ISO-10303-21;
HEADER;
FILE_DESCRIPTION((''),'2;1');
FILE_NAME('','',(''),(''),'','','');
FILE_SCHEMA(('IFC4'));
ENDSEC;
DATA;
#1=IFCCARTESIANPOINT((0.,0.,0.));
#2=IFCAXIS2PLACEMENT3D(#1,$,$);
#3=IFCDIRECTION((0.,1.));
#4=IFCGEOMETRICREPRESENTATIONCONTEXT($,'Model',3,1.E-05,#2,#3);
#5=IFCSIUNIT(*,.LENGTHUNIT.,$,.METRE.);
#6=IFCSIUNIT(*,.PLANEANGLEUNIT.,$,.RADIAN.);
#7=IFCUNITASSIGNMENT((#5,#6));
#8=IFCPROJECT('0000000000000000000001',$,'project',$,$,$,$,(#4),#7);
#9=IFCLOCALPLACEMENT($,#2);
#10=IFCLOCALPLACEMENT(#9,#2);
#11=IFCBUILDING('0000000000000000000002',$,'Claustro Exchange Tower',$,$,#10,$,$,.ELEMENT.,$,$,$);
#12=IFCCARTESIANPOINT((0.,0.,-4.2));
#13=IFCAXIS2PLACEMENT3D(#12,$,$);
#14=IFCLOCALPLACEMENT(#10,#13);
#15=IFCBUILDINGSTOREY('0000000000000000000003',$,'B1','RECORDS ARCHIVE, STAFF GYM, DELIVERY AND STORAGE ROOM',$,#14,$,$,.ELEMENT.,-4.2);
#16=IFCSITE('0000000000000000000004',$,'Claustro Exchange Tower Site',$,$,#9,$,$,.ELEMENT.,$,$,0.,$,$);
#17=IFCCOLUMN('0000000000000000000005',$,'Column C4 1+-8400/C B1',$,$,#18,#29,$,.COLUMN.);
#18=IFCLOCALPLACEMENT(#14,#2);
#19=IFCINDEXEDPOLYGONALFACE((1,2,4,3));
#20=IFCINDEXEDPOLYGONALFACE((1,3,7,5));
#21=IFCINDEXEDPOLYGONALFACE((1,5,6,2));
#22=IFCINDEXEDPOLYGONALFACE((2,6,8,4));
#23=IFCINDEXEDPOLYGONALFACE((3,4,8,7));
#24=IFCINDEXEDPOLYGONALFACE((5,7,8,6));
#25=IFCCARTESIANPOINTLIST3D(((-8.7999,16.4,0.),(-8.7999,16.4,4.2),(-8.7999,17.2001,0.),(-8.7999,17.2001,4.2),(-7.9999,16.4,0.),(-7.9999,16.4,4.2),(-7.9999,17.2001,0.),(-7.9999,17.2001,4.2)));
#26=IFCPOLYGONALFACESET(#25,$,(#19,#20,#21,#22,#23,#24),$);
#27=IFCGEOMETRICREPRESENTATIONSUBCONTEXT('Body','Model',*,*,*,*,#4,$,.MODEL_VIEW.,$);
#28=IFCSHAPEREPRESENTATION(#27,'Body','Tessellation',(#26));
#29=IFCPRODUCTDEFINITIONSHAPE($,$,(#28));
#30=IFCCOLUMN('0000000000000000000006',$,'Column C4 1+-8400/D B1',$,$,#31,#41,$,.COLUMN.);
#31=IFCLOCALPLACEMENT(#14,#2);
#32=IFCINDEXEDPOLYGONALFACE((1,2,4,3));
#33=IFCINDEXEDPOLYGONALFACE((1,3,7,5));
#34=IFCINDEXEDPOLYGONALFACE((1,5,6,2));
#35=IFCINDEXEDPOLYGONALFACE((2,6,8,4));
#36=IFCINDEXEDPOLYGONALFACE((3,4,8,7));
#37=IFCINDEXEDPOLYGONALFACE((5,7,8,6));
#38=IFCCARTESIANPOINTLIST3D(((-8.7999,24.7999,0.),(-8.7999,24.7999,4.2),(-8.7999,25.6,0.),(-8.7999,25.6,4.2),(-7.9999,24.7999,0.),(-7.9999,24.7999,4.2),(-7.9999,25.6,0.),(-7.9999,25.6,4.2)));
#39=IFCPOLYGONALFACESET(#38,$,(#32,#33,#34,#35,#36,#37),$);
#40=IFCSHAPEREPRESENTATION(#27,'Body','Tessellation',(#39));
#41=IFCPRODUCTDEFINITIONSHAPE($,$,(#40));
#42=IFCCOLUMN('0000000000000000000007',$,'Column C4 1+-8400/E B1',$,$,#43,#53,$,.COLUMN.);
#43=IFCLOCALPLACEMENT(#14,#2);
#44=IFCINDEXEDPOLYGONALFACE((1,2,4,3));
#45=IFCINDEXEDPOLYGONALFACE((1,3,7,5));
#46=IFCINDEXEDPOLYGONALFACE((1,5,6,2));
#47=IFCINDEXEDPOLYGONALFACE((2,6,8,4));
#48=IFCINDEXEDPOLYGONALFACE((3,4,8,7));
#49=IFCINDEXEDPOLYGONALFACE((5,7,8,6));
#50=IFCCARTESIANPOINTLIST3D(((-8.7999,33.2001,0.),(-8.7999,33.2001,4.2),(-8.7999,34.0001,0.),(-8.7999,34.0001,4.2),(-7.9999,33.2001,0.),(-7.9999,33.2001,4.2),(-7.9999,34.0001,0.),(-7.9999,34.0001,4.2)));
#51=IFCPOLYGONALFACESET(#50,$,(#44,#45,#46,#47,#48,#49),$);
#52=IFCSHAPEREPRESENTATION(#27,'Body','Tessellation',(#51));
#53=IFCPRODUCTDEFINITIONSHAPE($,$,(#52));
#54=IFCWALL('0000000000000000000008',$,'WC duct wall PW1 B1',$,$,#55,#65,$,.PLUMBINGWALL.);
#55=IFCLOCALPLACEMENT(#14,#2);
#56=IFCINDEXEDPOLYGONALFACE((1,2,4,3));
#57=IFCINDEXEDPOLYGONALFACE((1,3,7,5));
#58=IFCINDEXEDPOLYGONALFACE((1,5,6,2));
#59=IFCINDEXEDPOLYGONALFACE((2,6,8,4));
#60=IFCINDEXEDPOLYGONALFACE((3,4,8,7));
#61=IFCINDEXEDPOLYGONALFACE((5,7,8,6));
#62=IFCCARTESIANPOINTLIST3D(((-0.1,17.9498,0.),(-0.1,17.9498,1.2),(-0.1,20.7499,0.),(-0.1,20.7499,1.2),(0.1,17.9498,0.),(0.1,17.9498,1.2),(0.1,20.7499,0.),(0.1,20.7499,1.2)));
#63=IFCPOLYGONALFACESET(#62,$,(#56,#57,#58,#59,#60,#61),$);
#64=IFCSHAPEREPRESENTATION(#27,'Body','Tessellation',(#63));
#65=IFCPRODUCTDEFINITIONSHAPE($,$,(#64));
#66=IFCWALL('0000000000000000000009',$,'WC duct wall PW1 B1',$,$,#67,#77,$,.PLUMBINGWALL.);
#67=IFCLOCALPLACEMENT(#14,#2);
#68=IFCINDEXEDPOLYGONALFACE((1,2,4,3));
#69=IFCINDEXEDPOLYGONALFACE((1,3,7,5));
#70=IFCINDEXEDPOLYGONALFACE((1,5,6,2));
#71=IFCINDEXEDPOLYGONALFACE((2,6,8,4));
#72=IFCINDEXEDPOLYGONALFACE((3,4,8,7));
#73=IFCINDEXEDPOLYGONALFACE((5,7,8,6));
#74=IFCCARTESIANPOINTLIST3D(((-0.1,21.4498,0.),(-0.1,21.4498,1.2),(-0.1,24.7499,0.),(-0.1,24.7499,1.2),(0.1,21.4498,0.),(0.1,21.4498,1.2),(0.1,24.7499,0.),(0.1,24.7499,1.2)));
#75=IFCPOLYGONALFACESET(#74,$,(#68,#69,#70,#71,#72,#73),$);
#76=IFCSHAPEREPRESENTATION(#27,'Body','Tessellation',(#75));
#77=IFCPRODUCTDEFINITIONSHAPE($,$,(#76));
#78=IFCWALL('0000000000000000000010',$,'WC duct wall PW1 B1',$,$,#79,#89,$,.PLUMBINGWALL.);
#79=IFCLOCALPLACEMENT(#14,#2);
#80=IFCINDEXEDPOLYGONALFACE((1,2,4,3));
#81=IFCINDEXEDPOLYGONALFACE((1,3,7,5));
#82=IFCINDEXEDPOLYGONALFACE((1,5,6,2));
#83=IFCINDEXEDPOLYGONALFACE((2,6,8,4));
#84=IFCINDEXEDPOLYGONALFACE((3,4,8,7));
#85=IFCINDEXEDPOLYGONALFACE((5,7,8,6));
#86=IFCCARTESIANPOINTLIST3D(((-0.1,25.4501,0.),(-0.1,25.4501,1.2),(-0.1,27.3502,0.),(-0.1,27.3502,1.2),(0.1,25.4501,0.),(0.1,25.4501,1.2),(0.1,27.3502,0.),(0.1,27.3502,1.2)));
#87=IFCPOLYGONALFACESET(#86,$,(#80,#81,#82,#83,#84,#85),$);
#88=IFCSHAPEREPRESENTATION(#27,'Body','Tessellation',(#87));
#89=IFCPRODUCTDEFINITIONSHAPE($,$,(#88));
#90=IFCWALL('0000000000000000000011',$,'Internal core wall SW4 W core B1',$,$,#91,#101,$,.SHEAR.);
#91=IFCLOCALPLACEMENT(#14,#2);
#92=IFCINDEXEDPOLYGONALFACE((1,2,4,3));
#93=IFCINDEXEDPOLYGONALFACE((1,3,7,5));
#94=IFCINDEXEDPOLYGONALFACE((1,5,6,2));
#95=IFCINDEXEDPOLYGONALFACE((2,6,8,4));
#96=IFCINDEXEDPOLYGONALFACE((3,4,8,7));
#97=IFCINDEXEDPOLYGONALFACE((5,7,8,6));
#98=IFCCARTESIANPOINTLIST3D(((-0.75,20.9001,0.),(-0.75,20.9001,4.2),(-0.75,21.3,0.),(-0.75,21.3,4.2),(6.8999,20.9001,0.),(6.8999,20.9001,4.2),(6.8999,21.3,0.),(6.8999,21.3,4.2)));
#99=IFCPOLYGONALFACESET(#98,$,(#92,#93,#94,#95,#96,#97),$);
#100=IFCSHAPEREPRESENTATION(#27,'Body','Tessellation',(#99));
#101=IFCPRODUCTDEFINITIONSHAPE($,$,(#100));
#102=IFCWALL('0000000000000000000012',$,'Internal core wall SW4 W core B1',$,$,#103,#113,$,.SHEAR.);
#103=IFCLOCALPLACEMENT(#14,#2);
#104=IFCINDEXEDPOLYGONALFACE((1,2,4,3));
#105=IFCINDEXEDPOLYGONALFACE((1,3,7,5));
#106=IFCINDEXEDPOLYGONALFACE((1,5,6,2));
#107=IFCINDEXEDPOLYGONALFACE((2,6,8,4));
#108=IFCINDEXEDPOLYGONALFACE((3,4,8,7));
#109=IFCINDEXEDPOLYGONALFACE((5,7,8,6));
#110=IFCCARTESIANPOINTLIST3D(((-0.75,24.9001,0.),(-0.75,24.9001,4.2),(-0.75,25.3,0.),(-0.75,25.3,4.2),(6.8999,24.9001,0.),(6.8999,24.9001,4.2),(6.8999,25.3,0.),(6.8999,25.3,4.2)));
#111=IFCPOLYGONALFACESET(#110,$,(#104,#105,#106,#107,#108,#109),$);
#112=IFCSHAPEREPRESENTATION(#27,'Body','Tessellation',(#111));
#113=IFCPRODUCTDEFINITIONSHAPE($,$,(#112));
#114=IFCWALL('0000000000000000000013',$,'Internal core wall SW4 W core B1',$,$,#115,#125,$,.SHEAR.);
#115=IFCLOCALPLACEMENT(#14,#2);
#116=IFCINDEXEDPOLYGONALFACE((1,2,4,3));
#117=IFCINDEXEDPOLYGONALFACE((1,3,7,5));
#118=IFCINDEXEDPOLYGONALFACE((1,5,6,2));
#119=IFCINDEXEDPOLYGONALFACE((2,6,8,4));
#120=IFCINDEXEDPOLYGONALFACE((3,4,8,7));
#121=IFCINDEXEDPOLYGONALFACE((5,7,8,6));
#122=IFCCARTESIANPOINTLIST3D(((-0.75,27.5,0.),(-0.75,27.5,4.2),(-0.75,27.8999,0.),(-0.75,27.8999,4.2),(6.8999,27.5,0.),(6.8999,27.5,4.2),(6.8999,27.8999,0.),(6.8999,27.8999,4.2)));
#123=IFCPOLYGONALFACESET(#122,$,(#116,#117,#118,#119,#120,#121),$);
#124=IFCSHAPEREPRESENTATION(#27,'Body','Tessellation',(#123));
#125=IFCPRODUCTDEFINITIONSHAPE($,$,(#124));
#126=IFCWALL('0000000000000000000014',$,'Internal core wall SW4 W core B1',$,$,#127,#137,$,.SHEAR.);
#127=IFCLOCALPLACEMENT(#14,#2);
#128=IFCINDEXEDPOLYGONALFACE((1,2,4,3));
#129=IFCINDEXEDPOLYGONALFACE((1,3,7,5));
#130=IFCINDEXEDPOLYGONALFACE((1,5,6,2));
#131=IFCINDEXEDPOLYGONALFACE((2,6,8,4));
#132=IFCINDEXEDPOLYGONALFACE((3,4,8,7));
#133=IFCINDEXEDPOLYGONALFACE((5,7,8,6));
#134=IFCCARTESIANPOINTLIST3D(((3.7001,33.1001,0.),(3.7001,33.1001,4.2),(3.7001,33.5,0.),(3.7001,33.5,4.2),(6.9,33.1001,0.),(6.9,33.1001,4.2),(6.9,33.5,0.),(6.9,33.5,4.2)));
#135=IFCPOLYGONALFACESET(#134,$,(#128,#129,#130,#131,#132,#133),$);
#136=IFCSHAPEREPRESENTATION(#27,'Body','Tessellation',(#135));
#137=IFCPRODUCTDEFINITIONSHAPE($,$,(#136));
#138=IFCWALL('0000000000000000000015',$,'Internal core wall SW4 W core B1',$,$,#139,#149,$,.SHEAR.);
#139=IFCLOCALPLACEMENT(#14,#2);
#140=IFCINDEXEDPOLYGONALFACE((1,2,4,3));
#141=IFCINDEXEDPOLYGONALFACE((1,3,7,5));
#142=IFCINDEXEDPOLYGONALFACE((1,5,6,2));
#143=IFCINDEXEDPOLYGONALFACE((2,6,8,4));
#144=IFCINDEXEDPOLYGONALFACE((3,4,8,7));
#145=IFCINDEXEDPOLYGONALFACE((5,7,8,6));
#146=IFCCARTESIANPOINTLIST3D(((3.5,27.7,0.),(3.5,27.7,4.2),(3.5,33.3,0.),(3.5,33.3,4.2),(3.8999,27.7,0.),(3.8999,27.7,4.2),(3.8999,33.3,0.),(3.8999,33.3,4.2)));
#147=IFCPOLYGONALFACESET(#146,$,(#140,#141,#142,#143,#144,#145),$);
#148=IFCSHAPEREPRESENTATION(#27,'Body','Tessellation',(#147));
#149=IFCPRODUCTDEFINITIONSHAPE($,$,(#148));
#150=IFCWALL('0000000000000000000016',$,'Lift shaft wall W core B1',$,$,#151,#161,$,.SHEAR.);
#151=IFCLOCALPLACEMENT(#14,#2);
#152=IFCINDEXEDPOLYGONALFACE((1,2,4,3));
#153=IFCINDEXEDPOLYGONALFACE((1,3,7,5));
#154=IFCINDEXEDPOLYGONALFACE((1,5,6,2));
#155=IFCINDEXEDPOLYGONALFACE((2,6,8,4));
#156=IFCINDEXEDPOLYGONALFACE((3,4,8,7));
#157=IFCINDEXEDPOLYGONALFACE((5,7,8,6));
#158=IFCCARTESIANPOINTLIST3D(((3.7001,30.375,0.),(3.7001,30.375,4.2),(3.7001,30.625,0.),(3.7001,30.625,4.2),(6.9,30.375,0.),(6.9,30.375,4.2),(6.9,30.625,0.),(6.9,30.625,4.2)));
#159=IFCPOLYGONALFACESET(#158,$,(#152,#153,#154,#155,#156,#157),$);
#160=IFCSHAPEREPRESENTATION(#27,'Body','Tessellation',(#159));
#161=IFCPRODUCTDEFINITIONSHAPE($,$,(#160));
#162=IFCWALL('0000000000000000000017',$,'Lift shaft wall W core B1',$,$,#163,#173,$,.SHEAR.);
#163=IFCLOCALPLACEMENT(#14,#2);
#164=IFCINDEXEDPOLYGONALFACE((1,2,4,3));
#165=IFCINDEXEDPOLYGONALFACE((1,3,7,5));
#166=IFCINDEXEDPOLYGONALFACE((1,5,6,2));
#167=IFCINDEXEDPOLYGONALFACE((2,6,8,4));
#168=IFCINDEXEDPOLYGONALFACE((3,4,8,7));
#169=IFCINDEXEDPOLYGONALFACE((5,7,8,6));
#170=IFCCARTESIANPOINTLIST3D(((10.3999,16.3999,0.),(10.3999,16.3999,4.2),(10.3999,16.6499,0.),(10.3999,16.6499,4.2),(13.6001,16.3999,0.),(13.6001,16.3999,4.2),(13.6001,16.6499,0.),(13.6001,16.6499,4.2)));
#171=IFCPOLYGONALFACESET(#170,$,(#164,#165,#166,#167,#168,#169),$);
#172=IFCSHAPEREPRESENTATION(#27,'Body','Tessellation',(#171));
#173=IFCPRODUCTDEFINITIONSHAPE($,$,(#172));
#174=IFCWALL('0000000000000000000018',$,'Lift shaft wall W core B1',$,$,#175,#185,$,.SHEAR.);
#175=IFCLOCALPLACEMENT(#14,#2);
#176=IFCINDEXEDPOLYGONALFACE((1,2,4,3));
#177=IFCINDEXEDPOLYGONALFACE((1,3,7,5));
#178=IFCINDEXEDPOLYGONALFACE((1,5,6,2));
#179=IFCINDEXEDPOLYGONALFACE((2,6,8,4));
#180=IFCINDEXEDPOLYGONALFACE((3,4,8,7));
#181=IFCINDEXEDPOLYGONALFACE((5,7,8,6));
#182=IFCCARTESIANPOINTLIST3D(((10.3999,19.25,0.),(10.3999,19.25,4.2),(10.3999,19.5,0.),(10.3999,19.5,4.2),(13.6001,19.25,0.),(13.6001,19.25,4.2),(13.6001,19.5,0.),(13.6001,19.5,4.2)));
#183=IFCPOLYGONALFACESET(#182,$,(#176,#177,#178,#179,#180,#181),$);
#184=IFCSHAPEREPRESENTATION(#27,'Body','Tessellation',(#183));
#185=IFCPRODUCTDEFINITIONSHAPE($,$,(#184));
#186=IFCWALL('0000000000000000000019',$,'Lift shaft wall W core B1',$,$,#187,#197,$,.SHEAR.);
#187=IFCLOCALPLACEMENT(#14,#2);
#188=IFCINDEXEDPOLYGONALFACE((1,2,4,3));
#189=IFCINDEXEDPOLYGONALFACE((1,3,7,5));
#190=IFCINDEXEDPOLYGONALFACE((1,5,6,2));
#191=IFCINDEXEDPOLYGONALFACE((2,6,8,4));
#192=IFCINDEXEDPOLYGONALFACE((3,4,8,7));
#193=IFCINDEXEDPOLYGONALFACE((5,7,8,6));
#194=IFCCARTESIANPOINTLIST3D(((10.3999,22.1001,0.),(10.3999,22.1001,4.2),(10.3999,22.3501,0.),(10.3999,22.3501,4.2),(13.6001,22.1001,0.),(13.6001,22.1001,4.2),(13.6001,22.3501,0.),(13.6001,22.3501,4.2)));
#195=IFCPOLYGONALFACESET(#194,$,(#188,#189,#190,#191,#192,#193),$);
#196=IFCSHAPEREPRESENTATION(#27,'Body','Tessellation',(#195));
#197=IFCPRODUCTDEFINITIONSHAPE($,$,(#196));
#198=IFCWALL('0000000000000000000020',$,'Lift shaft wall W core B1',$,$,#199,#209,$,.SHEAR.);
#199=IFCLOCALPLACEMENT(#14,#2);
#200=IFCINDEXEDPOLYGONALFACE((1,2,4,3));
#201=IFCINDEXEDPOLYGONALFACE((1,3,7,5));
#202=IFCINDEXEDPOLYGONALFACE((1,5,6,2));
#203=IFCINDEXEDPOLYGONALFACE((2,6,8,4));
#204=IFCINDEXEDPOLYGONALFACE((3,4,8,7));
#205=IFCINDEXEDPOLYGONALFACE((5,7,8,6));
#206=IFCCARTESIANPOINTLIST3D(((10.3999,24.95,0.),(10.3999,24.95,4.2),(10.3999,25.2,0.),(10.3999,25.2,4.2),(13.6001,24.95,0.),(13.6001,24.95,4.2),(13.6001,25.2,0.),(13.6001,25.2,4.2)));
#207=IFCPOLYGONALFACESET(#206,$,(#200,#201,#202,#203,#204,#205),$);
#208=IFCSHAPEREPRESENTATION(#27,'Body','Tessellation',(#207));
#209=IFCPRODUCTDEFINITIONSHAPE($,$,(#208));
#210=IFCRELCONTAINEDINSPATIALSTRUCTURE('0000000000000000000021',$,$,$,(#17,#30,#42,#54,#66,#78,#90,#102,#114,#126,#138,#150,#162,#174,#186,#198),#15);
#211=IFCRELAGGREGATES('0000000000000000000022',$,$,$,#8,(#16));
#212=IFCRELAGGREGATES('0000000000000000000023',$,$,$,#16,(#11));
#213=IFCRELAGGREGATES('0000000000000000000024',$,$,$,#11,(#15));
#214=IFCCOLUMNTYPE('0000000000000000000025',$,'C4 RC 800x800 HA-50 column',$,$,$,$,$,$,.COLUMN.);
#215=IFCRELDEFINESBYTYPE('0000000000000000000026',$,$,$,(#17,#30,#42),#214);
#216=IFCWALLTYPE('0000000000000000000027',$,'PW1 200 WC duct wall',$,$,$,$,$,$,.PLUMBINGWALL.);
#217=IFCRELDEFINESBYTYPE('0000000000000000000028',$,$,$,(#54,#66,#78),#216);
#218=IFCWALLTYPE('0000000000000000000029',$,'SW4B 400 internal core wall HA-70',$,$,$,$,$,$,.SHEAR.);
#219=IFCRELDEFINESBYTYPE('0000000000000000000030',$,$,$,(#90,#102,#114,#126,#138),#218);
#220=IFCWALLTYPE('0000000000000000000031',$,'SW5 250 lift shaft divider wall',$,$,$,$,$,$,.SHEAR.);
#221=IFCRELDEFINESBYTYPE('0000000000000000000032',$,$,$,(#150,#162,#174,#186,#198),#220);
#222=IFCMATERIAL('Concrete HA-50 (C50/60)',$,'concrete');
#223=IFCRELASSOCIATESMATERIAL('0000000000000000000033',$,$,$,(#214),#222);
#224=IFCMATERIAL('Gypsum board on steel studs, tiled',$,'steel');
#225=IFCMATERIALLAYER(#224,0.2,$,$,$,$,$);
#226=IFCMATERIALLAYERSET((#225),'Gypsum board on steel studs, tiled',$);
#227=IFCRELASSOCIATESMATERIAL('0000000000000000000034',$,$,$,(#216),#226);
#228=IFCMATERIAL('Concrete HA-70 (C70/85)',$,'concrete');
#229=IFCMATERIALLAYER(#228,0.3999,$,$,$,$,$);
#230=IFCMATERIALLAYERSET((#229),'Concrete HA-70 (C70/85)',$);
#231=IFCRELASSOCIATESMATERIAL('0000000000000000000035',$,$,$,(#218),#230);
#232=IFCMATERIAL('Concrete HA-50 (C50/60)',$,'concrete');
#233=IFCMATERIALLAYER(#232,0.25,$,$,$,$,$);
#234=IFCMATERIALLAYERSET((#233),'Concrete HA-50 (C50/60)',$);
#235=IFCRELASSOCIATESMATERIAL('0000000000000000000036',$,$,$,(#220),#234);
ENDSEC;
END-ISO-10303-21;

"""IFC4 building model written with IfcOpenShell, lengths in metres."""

from ifc_helpers import new_model, si_unit, direction, frame, frame_2d, origin, origin_2d, place, context, subcontext, project, spatial, rectangle, extrude, material, layer, layer_set, material_profile, profile_set, type_object, element, save


model = new_model("IFC4")

# Units and contexts
model_context = context("Model", 3, precision=1e-05, world=origin(), true_north=direction((0.0, 1.0)))
body_context = subcontext(model_context, "Body", "Model", "MODEL_VIEW")
ifc_project = project(units=[si_unit("LENGTHUNIT", "METRE"), si_unit("PLANEANGLEUNIT", "RADIAN")], contexts=[model_context])

# Site, building, storey
site_placement = place(None, origin())
site = spatial("IfcSite", under=ifc_project, at=site_placement, Name="Claustro Exchange Tower Site", CompositionType="ELEMENT", RefElevation=0.0)
building_placement = place(site_placement, origin())
building = spatial("IfcBuilding", under=site, at=building_placement, Name="Claustro Exchange Tower", CompositionType="ELEMENT")
storey_placement = place(building_placement, frame((0.0, 0.0, -4.2)))
storey = spatial("IfcBuildingStorey", under=building, at=storey_placement, Name="B1", Description="RECORDS ARCHIVE, STAFF GYM, DELIVERY AND STORAGE ROOM", CompositionType="ELEMENT", Elevation=-4.2)

# Columns
ifc_material_1 = material(Name="Concrete HA-50 (C50/60)", Category="concrete")
ifc_material_profile = material_profile(ifc_material_1, rectangle(XDim=0.8, YDim=0.8, at=origin_2d()), Name="RC 800x800")
ifc_profile_set = profile_set([ifc_material_profile], Name="Concrete HA-50 (C50/60)")
column_type = type_object("IfcColumnType", Name="C4 RC 800x800 HA-50 column", PredefinedType="COLUMN", material=ifc_profile_set)
for number, where, z_axis, x_axis, name in (
    (1, (-8.3999, 16.8, 0.0), (0.0, 0.0, 1.0), (1.0, 0.0, 0.0), "Column C4 1+-8400/C B1"),
    (2, (-8.3999, 25.2, 0.0), (0.0, 0.0, 1.0), (1.0, 0.0, 0.0), "Column C4 1+-8400/D B1"),
    (3, (-8.3999, 33.6001, 0.0), (0.0, 0.0, 1.0), (1.0, 0.0, 0.0), "Column C4 1+-8400/E B1"),
):
    element("IfcColumn", number, at=place(storey_placement, frame(where, z_axis=z_axis, x_axis=x_axis)), inside=storey, type_object=column_type, Name=name, PredefinedType="COLUMN", context=body_context, shape_type="SweptSolid", body=[
        extrude(rectangle(XDim=0.8, YDim=0.8, at=origin_2d()), origin(), (0.0, 0.0, 1.0), 4.2),
    ])

# Walls
ifc_material_2 = material(Name="Gypsum board on steel studs, tiled", Category="steel")
ifc_layer_1 = layer(ifc_material_2, 0.2)
ifc_layer_set_1 = layer_set([ifc_layer_1], Name="Gypsum board on steel studs, tiled")
wall_type_1 = type_object("IfcWallType", Name="PW1 200 WC duct wall", PredefinedType="PLUMBINGWALL", material=ifc_layer_set_1)
wall_1_placement = place(storey_placement, frame((0.0, 17.95, 0.0), z_axis=(0.0, 0.0, 1.0), x_axis=(0.0, 1.0, 0.0)))
element("IfcWall", 4, at=wall_1_placement, inside=storey, type_object=wall_type_1, Name="WC duct wall PW1 B1", PredefinedType="PLUMBINGWALL", context=body_context, shape_type="SweptSolid", body=[
    extrude(rectangle(XDim=2.8, YDim=0.2, at=frame_2d((1.3999, 0.0))), origin(), (0.0, 0.0, 1.0), 1.2),
])
wall_2_placement = place(storey_placement, frame((0.0, 21.45, 0.0), z_axis=(0.0, 0.0, 1.0), x_axis=(0.0, 1.0, 0.0)))
element("IfcWall", 5, at=wall_2_placement, inside=storey, type_object=wall_type_1, Name="WC duct wall PW1 B1", PredefinedType="PLUMBINGWALL", context=body_context, shape_type="SweptSolid", body=[
    extrude(rectangle(XDim=3.3, YDim=0.2, at=frame_2d((1.6499, 0.0))), origin(), (0.0, 0.0, 1.0), 1.2),
])
wall_3_placement = place(storey_placement, frame((0.0, 25.45, 0.0), z_axis=(0.0, 0.0, 1.0), x_axis=(0.0, 1.0, 0.0)))
element("IfcWall", 6, at=wall_3_placement, inside=storey, type_object=wall_type_1, Name="WC duct wall PW1 B1", PredefinedType="PLUMBINGWALL", context=body_context, shape_type="SweptSolid", body=[
    extrude(rectangle(XDim=1.9001, YDim=0.2, at=frame_2d((0.9502, 0.0))), origin(), (0.0, 0.0, 1.0), 1.2),
])
ifc_material_3 = material(Name="Concrete HA-70 (C70/85)", Category="concrete")
ifc_layer_2 = layer(ifc_material_3, 0.3999)
ifc_layer_set_2 = layer_set([ifc_layer_2], Name="Concrete HA-70 (C70/85)")
wall_type_2 = type_object("IfcWallType", Name="SW4B 400 internal core wall HA-70", PredefinedType="SHEAR", material=ifc_layer_set_2)
for number, where, z_axis, x_axis, name in (
    (7, (-0.75, 21.1001, 0.0), (0.0, 0.0, 1.0), (1.0, 0.0, 0.0), "Internal core wall SW4 W core B1"),
    (8, (-0.75, 25.1001, 0.0), (0.0, 0.0, 1.0), (1.0, 0.0, 0.0), "Internal core wall SW4 W core B1"),
    (9, (-0.75, 27.7, 0.0), (0.0, 0.0, 1.0), (1.0, 0.0, 0.0), "Internal core wall SW4 W core B1"),
):
    element("IfcWall", number, at=place(storey_placement, frame(where, z_axis=z_axis, x_axis=x_axis)), inside=storey, type_object=wall_type_2, Name=name, PredefinedType="SHEAR", context=body_context, shape_type="SweptSolid", body=[
        extrude(rectangle(XDim=7.6499, YDim=0.3999, at=frame_2d((3.825, 0.0))), origin(), (0.0, 0.0, 1.0), 4.2),
    ])
wall_4_placement = place(storey_placement, frame((3.7, 33.3, 0.0), z_axis=(0.0, 0.0, 1.0), x_axis=(1.0, 0.0, 0.0)))
element("IfcWall", 10, at=wall_4_placement, inside=storey, type_object=wall_type_2, Name="Internal core wall SW4 W core B1", PredefinedType="SHEAR", context=body_context, shape_type="SweptSolid", body=[
    extrude(rectangle(XDim=3.2, YDim=0.3999, at=frame_2d((1.6001, 0.0))), origin(), (0.0, 0.0, 1.0), 4.2),
])
wall_5_placement = place(storey_placement, frame((3.7, 27.7, 0.0), z_axis=(0.0, 0.0, 1.0), x_axis=(0.0, 1.0, 0.0)))
element("IfcWall", 11, at=wall_5_placement, inside=storey, type_object=wall_type_2, Name="Internal core wall SW4 W core B1", PredefinedType="SHEAR", context=body_context, shape_type="SweptSolid", body=[
    extrude(rectangle(XDim=5.6001, YDim=0.3999, at=frame_2d((2.8, 0.0))), origin(), (0.0, 0.0, 1.0), 4.2),
])
ifc_material_4 = material(Name="Concrete HA-50 (C50/60)", Category="concrete")
ifc_layer_3 = layer(ifc_material_4, 0.25)
ifc_layer_set_3 = layer_set([ifc_layer_3], Name="Concrete HA-50 (C50/60)")
wall_type_3 = type_object("IfcWallType", Name="SW5 250 lift shaft divider wall", PredefinedType="SHEAR", material=ifc_layer_set_3)
wall_6_placement = place(storey_placement, frame((3.7, 30.5, 0.0), z_axis=(0.0, 0.0, 1.0), x_axis=(1.0, 0.0, 0.0)))
element("IfcWall", 12, at=wall_6_placement, inside=storey, type_object=wall_type_3, Name="Lift shaft wall W core B1", PredefinedType="SHEAR", context=body_context, shape_type="SweptSolid", body=[
    extrude(rectangle(XDim=3.2, YDim=0.25, at=frame_2d((1.6001, 0.0))), origin(), (0.0, 0.0, 1.0), 4.2),
])
for number, where, z_axis, x_axis, name in (
    (13, (10.3999, 16.5249, 0.0), (0.0, 0.0, 1.0), (1.0, 0.0, 0.0), "Lift shaft wall W core B1"),
    (14, (10.3999, 19.375, 0.0), (0.0, 0.0, 1.0), (1.0, 0.0, 0.0), "Lift shaft wall W core B1"),
    (15, (10.3999, 22.2251, 0.0), (0.0, 0.0, 1.0), (1.0, 0.0, 0.0), "Lift shaft wall W core B1"),
    (16, (10.3999, 25.075, 0.0), (0.0, 0.0, 1.0), (1.0, 0.0, 0.0), "Lift shaft wall W core B1"),
):
    element("IfcWall", number, at=place(storey_placement, frame(where, z_axis=z_axis, x_axis=x_axis)), inside=storey, type_object=wall_type_3, Name=name, PredefinedType="SHEAR", context=body_context, shape_type="SweptSolid", body=[
        extrude(rectangle(XDim=3.2002, YDim=0.25, at=frame_2d((1.6001, 0.0))), origin(), (0.0, 0.0, 1.0), 4.2),
    ])

save(model, "model.ifc")
